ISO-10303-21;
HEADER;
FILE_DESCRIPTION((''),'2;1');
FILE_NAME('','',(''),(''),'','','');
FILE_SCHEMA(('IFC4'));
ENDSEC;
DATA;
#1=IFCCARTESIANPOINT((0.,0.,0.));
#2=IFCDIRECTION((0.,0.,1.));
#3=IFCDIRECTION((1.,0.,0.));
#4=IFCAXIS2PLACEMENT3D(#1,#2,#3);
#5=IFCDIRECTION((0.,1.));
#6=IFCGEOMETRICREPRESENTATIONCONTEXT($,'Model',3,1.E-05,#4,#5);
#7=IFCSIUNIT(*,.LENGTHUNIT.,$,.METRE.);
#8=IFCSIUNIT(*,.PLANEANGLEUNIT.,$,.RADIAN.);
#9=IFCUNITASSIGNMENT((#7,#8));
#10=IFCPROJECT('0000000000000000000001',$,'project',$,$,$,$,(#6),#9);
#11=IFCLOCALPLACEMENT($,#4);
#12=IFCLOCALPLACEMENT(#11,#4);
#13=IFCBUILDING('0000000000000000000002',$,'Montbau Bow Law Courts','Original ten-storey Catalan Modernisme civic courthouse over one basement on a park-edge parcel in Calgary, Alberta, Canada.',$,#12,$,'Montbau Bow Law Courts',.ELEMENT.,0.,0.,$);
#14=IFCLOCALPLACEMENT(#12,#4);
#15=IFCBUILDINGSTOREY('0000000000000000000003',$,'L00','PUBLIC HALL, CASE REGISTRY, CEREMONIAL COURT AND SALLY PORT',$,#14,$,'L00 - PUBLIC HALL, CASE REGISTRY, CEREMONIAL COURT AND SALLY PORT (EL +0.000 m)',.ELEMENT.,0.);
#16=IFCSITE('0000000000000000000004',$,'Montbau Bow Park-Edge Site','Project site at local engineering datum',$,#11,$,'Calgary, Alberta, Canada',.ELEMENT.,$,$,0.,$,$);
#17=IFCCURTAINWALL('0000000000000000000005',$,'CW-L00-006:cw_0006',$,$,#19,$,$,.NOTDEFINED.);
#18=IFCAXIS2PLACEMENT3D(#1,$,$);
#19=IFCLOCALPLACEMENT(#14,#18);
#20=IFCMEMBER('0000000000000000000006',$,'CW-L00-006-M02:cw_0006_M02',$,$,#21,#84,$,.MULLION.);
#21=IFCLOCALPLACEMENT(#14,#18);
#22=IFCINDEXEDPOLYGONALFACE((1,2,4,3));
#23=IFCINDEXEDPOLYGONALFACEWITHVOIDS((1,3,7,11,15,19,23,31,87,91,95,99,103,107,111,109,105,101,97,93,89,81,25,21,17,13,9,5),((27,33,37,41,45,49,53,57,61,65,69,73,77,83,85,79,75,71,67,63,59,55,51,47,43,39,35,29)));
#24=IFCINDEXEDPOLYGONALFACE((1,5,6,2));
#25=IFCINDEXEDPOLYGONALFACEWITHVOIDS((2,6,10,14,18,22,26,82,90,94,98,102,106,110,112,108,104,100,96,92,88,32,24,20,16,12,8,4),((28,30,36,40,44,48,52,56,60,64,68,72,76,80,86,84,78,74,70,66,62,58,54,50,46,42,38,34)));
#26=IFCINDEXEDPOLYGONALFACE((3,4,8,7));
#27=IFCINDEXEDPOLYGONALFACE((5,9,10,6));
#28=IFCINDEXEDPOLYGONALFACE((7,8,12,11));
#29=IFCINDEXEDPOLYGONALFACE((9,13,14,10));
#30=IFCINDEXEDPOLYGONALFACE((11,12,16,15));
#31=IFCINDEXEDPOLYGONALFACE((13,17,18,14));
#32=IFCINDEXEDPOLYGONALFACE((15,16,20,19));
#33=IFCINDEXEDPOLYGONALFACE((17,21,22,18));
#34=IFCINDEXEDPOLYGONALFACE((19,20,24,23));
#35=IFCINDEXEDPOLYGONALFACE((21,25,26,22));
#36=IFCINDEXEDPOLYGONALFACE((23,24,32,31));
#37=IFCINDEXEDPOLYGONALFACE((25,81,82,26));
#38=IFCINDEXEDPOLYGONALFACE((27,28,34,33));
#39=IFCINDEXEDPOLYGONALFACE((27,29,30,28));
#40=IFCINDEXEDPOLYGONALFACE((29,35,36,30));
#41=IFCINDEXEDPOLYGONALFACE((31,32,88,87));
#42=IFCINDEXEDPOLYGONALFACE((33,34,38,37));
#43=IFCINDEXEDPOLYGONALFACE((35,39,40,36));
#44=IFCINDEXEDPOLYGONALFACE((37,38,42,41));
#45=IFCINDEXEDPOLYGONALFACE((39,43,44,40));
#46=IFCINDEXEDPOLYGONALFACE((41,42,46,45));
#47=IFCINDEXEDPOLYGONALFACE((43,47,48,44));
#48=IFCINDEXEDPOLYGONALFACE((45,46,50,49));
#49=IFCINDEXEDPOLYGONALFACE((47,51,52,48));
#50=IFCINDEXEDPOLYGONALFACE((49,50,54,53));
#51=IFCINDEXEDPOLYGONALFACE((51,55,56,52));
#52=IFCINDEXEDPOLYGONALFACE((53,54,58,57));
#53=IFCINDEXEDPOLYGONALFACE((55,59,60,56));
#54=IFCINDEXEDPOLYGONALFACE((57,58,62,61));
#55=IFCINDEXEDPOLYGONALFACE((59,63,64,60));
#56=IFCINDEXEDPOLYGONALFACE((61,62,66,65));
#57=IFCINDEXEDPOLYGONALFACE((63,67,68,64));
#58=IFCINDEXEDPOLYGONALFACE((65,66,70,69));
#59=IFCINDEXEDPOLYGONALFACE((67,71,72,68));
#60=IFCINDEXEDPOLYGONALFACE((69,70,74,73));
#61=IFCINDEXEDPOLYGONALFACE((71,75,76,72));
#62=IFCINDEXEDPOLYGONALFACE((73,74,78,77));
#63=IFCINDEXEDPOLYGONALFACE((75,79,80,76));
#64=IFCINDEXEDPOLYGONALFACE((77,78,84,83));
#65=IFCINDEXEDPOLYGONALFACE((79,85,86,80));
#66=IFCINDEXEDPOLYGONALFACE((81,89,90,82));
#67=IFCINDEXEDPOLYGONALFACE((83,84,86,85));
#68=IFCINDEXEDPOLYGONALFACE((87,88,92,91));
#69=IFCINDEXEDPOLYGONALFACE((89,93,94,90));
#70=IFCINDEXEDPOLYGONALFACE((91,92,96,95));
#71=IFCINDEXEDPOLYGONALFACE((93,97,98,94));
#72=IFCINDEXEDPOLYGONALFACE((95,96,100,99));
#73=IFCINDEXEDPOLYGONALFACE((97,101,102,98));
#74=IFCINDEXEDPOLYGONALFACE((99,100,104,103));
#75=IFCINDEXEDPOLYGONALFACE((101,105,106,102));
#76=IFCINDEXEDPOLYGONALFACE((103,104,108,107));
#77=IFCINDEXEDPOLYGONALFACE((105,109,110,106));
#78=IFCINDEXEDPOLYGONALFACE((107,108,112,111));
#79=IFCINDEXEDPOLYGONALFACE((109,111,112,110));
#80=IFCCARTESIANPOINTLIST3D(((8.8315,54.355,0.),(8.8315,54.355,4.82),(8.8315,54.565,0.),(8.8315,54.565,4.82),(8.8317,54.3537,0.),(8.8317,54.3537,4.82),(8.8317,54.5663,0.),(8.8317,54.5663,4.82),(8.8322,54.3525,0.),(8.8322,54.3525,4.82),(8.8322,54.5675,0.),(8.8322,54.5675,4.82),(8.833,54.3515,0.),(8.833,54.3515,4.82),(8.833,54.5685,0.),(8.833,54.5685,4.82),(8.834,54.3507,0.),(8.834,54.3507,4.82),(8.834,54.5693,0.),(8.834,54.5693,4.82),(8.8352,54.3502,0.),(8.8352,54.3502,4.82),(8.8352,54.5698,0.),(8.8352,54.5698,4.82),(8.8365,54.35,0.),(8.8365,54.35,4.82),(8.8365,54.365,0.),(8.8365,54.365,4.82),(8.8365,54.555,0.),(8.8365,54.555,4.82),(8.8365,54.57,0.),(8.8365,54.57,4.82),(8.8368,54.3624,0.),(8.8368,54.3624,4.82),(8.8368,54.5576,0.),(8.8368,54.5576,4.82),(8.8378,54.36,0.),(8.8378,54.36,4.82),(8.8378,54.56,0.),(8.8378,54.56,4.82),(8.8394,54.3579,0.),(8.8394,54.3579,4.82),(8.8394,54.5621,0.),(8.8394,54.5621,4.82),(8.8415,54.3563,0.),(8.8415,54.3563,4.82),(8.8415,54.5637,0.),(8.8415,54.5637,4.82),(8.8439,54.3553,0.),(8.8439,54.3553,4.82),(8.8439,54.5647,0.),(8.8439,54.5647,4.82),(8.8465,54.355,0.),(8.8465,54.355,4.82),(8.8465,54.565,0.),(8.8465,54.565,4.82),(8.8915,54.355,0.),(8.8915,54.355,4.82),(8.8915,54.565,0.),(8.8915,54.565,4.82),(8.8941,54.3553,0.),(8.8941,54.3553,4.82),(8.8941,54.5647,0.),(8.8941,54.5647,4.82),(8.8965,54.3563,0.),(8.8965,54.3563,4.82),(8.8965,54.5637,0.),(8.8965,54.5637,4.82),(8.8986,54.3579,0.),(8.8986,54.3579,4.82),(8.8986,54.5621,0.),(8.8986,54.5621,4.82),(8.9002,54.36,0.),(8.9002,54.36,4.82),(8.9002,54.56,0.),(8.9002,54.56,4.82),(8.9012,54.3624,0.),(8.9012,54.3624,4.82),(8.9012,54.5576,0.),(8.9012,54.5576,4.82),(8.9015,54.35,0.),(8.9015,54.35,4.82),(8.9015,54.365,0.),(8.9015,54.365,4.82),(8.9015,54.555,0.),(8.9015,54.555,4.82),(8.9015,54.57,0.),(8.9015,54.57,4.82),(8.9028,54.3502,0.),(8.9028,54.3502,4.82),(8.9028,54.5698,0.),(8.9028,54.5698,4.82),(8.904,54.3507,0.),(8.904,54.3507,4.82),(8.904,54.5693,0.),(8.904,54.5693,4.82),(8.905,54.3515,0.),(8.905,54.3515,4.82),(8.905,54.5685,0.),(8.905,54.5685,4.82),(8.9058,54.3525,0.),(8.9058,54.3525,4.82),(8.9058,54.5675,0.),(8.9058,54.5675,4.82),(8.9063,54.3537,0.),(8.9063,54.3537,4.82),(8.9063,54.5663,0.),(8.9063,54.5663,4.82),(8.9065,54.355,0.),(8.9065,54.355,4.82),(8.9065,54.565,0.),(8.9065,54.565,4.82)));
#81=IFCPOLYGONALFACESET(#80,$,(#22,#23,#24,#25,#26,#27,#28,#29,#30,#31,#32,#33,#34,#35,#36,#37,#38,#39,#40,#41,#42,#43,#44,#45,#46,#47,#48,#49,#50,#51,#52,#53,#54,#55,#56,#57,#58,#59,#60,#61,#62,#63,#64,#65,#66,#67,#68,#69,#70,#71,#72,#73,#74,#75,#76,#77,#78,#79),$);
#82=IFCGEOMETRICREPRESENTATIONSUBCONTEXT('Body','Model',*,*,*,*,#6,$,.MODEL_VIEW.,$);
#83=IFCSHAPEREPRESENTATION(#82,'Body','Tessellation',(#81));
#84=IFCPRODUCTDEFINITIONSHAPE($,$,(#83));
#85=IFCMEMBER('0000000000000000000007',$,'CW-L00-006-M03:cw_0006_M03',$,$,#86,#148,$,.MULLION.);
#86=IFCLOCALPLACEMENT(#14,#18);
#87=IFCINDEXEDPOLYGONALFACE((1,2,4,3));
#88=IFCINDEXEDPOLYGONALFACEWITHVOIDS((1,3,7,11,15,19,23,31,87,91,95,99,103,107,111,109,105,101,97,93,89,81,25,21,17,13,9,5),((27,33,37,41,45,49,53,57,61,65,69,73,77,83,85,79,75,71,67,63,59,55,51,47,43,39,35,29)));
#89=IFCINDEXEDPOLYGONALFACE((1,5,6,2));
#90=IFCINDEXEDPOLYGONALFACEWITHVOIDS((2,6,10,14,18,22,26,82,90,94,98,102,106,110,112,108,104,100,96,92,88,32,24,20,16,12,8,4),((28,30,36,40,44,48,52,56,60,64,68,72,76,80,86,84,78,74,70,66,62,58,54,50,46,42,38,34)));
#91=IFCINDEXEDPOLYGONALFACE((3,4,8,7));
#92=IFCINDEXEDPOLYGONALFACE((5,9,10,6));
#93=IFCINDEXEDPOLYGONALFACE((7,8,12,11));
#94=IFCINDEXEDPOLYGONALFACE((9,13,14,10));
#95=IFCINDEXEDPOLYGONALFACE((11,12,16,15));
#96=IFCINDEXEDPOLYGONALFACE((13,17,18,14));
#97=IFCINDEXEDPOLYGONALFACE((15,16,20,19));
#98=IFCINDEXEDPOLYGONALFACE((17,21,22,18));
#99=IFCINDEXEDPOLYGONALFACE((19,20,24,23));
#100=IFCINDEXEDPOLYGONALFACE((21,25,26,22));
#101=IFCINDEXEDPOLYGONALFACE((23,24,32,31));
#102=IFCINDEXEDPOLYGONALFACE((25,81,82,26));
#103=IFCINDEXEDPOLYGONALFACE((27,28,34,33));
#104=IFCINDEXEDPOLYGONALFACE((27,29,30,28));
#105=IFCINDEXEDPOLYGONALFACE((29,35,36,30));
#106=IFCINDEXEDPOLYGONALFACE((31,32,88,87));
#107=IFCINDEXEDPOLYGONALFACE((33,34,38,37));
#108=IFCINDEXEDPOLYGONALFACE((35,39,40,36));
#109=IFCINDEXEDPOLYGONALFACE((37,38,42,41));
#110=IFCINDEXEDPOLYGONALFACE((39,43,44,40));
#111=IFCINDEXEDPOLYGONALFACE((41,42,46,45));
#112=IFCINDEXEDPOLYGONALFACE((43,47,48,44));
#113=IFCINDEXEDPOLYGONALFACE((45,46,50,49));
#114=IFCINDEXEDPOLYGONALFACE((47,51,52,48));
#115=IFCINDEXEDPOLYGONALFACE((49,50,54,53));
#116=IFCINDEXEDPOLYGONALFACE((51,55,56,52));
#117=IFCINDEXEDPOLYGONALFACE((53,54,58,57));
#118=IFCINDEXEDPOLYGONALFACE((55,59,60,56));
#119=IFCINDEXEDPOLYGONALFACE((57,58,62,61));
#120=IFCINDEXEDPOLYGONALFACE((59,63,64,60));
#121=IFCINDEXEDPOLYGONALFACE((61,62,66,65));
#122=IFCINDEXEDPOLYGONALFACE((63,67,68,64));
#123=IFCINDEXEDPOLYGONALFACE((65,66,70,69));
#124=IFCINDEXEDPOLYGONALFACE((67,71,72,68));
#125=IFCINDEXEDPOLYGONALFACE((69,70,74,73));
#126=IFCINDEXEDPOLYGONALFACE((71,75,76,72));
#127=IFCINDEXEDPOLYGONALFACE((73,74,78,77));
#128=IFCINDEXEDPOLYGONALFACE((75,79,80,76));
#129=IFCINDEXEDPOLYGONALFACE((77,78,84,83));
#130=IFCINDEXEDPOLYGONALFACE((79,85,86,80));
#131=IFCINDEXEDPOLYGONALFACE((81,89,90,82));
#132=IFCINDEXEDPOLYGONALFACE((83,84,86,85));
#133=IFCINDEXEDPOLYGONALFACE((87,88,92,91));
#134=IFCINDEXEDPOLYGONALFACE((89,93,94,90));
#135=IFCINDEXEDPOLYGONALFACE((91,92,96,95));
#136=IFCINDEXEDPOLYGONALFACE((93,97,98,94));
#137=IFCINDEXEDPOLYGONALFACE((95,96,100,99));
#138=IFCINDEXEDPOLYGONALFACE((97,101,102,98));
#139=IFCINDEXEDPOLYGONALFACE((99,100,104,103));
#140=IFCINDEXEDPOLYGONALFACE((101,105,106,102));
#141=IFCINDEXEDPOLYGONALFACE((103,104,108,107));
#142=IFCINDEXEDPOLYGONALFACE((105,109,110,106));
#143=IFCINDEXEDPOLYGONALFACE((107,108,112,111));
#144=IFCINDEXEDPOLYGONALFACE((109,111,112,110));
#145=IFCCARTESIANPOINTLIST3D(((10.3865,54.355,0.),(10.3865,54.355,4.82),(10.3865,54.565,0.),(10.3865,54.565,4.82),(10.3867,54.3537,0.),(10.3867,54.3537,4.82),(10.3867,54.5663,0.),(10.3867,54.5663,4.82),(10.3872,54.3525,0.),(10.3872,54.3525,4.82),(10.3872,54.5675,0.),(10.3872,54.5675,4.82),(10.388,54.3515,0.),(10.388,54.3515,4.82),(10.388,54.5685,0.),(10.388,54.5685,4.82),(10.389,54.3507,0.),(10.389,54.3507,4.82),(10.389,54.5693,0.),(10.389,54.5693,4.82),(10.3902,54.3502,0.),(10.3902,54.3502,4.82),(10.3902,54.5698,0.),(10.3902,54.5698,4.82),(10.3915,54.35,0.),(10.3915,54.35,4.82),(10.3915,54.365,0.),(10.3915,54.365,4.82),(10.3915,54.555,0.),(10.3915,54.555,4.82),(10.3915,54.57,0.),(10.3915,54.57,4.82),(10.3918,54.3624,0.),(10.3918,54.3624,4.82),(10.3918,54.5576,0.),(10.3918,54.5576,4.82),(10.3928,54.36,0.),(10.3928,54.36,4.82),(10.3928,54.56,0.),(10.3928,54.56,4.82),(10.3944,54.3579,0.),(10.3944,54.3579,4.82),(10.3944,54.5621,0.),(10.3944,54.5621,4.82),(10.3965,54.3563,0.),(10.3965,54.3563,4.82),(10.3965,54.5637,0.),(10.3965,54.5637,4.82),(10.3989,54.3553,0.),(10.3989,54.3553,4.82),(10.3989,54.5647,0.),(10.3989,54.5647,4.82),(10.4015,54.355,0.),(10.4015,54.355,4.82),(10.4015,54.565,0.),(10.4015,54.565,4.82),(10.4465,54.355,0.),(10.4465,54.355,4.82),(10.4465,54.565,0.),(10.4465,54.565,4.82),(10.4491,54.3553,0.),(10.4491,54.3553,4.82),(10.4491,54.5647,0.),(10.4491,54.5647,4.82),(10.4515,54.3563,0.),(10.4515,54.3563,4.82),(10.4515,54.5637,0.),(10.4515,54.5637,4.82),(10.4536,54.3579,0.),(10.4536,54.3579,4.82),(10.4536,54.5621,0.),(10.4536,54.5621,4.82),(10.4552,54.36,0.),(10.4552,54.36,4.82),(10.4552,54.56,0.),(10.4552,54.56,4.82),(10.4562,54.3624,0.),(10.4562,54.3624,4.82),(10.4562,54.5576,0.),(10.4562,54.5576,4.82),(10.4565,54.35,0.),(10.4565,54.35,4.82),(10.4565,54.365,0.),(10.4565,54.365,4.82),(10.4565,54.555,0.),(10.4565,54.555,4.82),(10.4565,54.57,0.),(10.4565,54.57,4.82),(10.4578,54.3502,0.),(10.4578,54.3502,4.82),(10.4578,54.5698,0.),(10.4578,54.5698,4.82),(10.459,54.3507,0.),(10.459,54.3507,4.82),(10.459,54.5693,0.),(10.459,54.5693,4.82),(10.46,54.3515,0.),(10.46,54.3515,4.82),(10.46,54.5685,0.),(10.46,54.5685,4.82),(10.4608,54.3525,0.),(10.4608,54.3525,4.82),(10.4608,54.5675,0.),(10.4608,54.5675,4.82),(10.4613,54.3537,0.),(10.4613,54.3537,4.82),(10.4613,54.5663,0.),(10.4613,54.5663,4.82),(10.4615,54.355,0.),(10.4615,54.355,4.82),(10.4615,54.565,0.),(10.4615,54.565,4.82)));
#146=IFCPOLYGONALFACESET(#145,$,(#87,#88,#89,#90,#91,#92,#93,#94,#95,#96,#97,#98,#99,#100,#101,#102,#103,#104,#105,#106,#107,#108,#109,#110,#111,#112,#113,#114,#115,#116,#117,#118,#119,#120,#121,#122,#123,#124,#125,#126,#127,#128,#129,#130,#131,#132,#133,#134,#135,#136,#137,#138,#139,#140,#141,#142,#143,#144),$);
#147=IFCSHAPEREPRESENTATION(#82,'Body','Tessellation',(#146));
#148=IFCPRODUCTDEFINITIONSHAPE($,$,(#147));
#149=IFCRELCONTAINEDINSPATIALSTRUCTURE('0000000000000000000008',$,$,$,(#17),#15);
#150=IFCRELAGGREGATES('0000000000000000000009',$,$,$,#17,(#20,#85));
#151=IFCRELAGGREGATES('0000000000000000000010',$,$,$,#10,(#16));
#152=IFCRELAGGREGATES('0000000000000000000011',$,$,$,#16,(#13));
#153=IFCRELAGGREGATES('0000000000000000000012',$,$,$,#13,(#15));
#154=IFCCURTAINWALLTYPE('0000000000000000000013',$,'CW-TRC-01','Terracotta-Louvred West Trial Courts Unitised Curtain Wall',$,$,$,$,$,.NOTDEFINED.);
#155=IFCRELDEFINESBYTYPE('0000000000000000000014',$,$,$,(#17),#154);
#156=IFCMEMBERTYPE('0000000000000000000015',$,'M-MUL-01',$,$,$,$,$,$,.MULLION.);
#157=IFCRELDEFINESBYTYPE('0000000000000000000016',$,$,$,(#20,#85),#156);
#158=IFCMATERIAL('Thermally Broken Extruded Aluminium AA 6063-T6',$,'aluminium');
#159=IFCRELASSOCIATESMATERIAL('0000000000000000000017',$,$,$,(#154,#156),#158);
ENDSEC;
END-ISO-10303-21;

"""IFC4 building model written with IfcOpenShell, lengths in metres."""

from ifc_helpers import new_model, si_unit, direction, frame, origin_with_axes, origin_2d_with_axis, place, context, subcontext, project, spatial, hollow_rectangle, extrude, material, material_profile, profile_set, type_object, element, aggregate, save


model = new_model("IFC4")

# Units and contexts
model_context = context("Model", 3, precision=1e-05, world=origin_with_axes(), true_north=direction((0.0, 1.0)))
body_context = subcontext(model_context, "Body", "Model", "MODEL_VIEW")
ifc_project = project(units=[si_unit("LENGTHUNIT", "METRE"), si_unit("PLANEANGLEUNIT", "RADIAN")], contexts=[model_context])

# Site, building, storey
site_placement = place(None, origin_with_axes())
site = spatial("IfcSite", under=ifc_project, at=site_placement, Name="Montbau Bow Park-Edge Site", Description="Project site at local engineering datum", LongName="Calgary, Alberta, Canada", CompositionType="ELEMENT", RefElevation=0.0)
building_placement = place(site_placement, origin_with_axes())
building = spatial("IfcBuilding", under=site, at=building_placement, Name="Montbau Bow Law Courts", Description="Original ten-storey Catalan Modernisme civic courthouse over one basement on a park-edge parcel in Calgary, Alberta, Canada.", LongName="Montbau Bow Law Courts", CompositionType="ELEMENT", ElevationOfRefHeight=0.0, ElevationOfTerrain=0.0)
storey_placement = place(building_placement, origin_with_axes())
storey = spatial("IfcBuildingStorey", under=building, at=storey_placement, Name="L00", Description="PUBLIC HALL, CASE REGISTRY, CEREMONIAL COURT AND SALLY PORT", LongName="L00 - PUBLIC HALL, CASE REGISTRY, CEREMONIAL COURT AND SALLY PORT (EL +0.000 m)", CompositionType="ELEMENT", Elevation=0.0)

# Curtain wall, members
ifc_material_1 = material(Name="Thermally Broken Extruded Aluminium AA 6063-T6", Category="aluminium")
curtain_wall_type = type_object("IfcCurtainWallType", Name="CW-TRC-01", Description="Terracotta-Louvred West Trial Courts Unitised Curtain Wall", PredefinedType="NOTDEFINED", material=ifc_material_1)
curtain_wall_1_placement = place(None, frame((7.315, 54.46, 0.0), z_axis=(0.0, 0.0, 1.0), x_axis=(1.0, 0.0, 0.0)))
curtain_wall_1 = element("IfcCurtainWall", 1, at=curtain_wall_1_placement, inside=storey, type_object=curtain_wall_type, Name="CW-L00-006:cw_0006", PredefinedType="NOTDEFINED")
ifc_material_profile_1 = material_profile(ifc_material_1, hollow_rectangle(XDim=0.075, YDim=0.22, WallThickness=0.005, InnerFilletRadius=0.01, OuterFilletRadius=0.005, at=origin_2d_with_axis()), Name="CWM-220X75", Category="Main", Priority=0)
ifc_profile_set_1 = profile_set([ifc_material_profile_1], Name="Thermally Broken Extruded Aluminium AA 6063-T6")
member_type_1 = type_object("IfcMemberType", Name="M-MUL-01", PredefinedType="MULLION", material=ifc_profile_set_1)
member_1_placement = place(None, frame((8.869, 54.46, 0.0), z_axis=(0.0, 0.0, 1.0), x_axis=(1.0, 0.0, 0.0)))
member_1 = element("IfcMember", 2, at=member_1_placement, type_object=member_type_1, Name="CW-L00-006-M02:cw_0006_M02", PredefinedType="MULLION", context=body_context, shape_type="SweptSolid", body=[
    extrude(hollow_rectangle(XDim=0.075, YDim=0.22, WallThickness=0.005, InnerFilletRadius=0.01, OuterFilletRadius=0.005, at=origin_2d_with_axis()), origin_with_axes(), (0.0, 0.0, 1.0), 4.82),
])
member_2_placement = place(None, frame((10.424, 54.46, 0.0), z_axis=(0.0, 0.0, 1.0), x_axis=(1.0, 0.0, 0.0)))
member_2 = element("IfcMember", 3, at=member_2_placement, type_object=member_type_1, Name="CW-L00-006-M03:cw_0006_M03", PredefinedType="MULLION", context=body_context, shape_type="SweptSolid", body=[
    extrude(hollow_rectangle(XDim=0.075, YDim=0.22, WallThickness=0.005, InnerFilletRadius=0.01, OuterFilletRadius=0.005, at=origin_2d_with_axis()), origin_with_axes(), (0.0, 0.0, 1.0), 4.82),
])

aggregate(curtain_wall_1, [member_1, member_2])

save(model, "model.ifc")
